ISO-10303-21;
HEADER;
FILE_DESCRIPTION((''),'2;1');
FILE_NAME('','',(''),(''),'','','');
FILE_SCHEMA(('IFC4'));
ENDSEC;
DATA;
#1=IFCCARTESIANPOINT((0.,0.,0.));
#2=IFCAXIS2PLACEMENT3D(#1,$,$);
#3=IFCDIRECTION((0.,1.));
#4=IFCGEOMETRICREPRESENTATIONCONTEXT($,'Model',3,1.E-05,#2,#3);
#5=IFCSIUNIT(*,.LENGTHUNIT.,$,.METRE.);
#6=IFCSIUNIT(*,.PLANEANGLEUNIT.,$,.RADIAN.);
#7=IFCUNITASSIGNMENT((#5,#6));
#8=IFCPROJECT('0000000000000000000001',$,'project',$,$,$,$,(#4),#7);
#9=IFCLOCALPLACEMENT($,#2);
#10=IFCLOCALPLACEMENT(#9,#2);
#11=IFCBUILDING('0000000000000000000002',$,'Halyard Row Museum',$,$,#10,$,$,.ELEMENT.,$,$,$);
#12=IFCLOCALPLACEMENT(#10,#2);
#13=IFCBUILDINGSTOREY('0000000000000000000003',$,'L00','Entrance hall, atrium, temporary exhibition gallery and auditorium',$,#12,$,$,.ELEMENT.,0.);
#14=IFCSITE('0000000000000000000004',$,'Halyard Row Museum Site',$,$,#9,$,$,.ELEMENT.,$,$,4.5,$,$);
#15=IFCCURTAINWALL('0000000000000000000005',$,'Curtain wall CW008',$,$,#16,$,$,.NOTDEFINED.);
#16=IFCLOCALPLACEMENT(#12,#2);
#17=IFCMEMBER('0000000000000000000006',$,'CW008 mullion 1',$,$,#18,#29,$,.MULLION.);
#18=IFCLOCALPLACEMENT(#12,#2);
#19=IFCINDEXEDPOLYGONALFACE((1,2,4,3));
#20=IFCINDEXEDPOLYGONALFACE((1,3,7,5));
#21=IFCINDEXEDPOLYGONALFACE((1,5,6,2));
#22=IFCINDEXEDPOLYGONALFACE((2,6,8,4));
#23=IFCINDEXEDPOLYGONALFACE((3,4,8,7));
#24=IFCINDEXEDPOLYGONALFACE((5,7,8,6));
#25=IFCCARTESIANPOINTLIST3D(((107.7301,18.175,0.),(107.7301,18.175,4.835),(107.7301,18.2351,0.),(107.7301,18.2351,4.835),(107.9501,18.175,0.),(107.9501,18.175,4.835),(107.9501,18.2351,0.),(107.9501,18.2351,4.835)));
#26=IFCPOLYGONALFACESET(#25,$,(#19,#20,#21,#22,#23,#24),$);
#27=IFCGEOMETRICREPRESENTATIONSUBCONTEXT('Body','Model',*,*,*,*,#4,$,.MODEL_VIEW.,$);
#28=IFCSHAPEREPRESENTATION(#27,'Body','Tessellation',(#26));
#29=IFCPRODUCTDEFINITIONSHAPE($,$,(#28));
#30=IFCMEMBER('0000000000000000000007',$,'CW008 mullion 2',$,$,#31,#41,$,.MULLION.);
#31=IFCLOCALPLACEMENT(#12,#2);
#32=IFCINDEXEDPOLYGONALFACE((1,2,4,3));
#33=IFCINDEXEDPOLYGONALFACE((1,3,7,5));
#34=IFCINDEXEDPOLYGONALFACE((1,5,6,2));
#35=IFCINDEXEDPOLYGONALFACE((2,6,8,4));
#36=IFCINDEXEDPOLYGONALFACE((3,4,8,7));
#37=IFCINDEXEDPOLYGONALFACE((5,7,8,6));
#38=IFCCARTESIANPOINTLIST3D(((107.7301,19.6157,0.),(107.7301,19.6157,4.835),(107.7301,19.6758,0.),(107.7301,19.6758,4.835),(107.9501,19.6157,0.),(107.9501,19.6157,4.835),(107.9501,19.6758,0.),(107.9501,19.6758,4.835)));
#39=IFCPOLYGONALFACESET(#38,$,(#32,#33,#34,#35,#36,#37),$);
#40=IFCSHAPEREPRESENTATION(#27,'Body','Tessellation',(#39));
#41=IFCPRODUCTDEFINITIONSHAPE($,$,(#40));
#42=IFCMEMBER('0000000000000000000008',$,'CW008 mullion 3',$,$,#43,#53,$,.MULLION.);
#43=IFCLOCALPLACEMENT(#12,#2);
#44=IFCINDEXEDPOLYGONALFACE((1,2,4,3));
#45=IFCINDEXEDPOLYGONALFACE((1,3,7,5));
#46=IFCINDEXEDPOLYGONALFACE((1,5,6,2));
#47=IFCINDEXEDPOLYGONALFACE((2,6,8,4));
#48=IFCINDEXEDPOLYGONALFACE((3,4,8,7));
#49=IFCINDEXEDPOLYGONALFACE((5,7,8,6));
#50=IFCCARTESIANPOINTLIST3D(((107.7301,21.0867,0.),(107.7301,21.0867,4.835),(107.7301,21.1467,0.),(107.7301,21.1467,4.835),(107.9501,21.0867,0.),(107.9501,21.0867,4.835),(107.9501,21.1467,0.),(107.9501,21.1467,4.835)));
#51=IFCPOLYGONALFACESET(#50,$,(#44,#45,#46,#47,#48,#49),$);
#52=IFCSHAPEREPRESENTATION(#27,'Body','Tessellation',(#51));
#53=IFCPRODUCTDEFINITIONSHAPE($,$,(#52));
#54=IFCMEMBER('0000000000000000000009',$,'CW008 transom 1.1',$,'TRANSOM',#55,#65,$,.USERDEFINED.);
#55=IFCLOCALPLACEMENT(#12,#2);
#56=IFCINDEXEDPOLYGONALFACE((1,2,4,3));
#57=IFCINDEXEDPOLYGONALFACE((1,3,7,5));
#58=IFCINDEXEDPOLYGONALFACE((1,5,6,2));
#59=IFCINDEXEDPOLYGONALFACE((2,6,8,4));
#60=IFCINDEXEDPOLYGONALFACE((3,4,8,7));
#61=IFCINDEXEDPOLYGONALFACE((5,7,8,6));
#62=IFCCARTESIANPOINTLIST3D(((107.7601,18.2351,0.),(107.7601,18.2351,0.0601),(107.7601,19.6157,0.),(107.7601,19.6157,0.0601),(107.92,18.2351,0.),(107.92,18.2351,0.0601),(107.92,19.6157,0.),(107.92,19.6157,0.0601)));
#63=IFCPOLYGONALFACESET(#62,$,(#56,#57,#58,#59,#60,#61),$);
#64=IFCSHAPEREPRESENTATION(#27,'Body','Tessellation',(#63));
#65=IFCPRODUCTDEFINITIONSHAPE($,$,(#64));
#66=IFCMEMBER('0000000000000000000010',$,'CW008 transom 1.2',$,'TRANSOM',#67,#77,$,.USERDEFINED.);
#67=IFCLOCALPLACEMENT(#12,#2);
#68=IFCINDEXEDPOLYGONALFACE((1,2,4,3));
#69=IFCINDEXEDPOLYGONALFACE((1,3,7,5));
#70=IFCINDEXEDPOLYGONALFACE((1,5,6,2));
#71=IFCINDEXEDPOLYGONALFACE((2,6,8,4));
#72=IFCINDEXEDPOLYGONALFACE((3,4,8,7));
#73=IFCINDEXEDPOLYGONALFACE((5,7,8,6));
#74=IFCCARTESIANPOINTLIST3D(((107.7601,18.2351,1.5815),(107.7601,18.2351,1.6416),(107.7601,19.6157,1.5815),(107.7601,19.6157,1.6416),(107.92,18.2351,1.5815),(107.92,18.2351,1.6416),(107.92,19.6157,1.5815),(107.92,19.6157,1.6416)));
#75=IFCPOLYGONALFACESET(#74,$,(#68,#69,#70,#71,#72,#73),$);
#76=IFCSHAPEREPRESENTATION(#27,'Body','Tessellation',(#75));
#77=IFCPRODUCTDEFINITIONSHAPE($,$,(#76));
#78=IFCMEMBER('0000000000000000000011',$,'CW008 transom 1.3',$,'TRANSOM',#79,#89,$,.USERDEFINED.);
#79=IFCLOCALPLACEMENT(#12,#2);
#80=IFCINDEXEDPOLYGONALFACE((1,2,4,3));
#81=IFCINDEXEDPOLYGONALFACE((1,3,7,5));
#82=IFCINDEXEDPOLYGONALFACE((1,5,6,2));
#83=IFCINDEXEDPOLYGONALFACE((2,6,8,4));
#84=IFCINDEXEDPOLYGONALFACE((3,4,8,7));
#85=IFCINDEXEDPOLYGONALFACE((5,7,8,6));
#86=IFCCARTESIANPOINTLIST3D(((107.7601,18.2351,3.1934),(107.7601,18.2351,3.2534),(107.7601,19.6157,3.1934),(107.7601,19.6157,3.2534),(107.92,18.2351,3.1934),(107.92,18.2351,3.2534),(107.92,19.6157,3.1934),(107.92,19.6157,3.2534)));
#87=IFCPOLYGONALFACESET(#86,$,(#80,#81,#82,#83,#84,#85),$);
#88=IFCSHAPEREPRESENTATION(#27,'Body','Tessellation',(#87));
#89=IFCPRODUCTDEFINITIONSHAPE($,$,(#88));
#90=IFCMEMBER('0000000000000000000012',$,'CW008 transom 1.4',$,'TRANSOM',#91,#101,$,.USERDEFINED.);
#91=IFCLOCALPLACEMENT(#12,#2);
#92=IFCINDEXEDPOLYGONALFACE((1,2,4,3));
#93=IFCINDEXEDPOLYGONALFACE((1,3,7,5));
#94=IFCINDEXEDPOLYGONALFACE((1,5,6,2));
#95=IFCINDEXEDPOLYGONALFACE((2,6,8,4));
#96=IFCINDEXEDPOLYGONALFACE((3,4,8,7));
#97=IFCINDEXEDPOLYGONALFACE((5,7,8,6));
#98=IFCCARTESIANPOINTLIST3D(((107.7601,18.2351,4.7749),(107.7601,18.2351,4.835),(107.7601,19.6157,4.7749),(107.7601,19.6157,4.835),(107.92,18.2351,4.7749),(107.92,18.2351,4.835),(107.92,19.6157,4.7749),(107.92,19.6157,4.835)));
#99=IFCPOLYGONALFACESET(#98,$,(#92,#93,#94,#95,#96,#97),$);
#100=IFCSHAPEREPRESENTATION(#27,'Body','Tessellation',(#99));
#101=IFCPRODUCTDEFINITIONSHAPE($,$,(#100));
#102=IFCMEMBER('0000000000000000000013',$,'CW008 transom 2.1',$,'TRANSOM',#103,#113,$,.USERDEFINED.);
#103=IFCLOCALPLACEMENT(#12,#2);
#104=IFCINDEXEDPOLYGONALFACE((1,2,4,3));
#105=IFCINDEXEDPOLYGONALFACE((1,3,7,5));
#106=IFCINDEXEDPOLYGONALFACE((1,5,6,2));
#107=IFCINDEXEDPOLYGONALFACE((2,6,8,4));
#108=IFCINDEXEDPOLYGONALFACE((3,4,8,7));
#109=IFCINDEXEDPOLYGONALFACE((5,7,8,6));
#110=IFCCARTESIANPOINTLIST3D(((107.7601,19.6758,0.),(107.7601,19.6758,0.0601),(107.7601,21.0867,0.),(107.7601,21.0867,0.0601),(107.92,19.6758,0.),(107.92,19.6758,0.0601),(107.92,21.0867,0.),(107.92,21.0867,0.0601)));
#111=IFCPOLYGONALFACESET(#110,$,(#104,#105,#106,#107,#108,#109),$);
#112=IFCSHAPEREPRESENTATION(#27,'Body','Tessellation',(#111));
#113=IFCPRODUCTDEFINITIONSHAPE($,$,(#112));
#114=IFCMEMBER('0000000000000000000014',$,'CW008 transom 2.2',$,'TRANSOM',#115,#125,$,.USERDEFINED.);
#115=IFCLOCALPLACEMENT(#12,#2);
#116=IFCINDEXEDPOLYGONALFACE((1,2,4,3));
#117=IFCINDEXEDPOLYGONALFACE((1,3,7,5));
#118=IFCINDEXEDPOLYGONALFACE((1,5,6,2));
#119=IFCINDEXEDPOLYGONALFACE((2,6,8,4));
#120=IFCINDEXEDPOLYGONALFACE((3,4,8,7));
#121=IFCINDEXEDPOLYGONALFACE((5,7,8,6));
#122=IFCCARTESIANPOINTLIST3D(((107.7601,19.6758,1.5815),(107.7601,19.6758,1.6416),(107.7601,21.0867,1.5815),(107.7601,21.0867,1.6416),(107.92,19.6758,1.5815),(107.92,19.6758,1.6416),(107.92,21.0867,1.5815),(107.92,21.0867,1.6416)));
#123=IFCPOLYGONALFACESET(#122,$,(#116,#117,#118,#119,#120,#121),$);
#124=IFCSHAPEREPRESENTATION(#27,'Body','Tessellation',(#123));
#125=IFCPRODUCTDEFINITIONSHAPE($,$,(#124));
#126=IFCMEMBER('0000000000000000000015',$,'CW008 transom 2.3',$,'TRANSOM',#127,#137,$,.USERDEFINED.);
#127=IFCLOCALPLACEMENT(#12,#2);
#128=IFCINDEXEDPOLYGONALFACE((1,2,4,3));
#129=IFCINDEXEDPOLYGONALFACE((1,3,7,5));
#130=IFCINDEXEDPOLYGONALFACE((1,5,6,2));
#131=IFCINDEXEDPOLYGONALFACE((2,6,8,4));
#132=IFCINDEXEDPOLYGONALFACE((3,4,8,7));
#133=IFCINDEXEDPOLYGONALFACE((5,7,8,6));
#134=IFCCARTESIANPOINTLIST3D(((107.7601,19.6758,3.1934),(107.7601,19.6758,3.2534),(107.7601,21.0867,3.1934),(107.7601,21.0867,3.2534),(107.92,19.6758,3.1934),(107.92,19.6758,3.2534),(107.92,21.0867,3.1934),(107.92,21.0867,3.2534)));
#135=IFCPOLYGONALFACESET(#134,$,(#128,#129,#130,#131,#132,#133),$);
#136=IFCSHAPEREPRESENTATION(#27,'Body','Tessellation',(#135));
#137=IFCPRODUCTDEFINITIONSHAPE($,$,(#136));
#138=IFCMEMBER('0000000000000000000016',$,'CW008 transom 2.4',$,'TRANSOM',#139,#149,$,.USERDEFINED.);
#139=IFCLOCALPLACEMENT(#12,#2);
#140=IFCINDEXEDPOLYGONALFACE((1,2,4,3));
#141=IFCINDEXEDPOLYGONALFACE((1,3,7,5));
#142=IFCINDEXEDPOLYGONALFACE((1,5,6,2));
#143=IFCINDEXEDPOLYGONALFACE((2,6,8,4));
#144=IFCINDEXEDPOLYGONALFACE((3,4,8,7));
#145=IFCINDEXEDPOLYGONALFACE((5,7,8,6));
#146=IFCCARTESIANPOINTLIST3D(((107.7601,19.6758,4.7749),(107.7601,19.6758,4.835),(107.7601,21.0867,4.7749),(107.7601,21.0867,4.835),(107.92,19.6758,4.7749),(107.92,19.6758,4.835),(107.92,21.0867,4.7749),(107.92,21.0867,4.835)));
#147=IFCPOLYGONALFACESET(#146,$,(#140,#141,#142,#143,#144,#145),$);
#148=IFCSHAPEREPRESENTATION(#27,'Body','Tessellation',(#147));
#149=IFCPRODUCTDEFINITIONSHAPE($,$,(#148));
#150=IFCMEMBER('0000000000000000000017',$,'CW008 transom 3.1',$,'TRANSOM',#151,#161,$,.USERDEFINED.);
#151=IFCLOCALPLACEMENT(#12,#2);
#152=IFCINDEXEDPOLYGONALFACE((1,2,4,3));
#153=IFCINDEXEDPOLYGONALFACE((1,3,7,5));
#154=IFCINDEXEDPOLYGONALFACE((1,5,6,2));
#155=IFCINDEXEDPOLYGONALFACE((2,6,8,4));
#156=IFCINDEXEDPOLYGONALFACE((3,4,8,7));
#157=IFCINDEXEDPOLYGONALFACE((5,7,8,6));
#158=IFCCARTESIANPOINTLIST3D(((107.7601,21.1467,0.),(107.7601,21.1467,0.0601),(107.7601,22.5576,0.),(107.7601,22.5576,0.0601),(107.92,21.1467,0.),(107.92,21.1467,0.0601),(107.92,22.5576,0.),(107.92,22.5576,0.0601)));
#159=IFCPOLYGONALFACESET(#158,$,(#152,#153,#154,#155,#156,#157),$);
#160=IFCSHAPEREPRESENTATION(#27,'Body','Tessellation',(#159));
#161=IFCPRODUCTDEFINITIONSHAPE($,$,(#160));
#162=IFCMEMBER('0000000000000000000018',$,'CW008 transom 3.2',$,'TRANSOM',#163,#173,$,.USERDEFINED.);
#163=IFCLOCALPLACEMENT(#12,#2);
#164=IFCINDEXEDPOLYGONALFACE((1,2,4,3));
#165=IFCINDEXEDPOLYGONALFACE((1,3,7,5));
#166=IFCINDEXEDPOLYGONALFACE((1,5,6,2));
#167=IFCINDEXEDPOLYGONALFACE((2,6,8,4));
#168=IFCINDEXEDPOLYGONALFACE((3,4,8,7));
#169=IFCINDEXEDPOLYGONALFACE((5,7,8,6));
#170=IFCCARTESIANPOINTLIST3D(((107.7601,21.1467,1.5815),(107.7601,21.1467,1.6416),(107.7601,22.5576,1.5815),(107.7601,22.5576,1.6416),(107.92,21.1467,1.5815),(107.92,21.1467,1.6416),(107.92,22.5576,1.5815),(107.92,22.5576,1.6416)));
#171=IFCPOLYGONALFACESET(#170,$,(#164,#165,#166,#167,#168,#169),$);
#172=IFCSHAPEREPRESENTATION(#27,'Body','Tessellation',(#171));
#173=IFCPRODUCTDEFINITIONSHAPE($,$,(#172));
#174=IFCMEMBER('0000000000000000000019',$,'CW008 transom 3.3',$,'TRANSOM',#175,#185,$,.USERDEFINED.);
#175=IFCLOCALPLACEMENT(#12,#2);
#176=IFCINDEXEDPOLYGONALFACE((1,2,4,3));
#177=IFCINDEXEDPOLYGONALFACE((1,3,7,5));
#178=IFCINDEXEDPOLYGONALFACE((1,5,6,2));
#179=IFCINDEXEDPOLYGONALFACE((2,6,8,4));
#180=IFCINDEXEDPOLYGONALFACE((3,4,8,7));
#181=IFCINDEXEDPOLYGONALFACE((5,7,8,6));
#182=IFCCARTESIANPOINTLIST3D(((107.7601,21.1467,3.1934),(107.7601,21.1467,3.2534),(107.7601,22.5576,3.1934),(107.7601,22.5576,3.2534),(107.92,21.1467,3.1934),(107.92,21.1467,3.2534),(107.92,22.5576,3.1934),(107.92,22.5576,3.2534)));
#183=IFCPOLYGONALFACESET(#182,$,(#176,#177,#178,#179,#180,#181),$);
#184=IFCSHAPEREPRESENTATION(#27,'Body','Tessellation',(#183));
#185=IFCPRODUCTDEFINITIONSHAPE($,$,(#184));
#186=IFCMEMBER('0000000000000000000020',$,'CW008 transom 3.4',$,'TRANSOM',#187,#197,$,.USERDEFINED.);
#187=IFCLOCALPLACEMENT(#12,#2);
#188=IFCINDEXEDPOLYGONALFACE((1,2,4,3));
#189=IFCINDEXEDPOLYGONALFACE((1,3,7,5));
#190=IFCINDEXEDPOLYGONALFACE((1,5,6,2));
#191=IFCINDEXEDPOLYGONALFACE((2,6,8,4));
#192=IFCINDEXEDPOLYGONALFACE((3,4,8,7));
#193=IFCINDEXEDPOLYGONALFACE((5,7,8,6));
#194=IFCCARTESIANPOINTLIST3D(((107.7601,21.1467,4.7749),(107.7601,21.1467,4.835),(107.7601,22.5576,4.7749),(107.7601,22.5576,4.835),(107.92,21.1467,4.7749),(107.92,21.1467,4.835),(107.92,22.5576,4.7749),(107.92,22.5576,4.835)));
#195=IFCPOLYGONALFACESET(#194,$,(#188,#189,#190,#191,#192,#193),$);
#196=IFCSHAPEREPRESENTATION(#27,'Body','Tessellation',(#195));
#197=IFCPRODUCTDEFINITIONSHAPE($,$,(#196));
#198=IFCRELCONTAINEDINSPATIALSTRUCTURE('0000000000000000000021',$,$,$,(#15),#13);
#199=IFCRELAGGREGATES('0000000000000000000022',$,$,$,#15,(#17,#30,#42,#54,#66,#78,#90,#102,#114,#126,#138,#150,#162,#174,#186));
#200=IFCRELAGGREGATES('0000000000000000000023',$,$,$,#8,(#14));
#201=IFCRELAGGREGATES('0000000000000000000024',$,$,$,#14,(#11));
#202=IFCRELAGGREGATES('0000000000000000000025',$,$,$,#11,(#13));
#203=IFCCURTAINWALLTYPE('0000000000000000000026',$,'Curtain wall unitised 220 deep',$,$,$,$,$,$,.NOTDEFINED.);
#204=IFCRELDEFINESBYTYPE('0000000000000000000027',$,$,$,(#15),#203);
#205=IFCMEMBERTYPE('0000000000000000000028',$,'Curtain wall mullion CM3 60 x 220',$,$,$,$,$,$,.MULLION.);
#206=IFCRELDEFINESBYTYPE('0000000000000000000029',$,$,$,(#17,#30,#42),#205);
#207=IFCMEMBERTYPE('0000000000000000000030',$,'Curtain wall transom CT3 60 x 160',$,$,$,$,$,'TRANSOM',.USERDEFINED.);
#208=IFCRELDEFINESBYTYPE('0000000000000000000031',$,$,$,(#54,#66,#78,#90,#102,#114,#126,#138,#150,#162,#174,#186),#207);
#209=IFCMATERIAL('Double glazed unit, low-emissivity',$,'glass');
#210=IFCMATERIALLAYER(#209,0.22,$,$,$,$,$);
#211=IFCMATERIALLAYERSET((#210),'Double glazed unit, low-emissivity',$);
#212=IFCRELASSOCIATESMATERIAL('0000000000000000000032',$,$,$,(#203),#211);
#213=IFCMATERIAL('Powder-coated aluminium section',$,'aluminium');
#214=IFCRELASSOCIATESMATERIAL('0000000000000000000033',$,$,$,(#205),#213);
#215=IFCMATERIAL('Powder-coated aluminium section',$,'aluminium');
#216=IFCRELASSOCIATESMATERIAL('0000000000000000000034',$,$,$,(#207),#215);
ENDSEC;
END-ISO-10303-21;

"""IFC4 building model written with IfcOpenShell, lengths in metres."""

from ifc_helpers import new_model, si_unit, direction, frame, origin, origin_2d, place, context, subcontext, project, spatial, rectangle, extrude, material, layer, layer_set, material_profile, profile_set, type_object, element, aggregate, save


model = new_model("IFC4")

# Units and contexts
model_context = context("Model", 3, precision=1e-05, world=origin(), true_north=direction((0.0, 1.0)))
body_context = subcontext(model_context, "Body", "Model", "MODEL_VIEW")
ifc_project = project(units=[si_unit("LENGTHUNIT", "METRE"), si_unit("PLANEANGLEUNIT", "RADIAN")], contexts=[model_context])

# Site, building, storey
site_placement = place(None, origin())
site = spatial("IfcSite", under=ifc_project, at=site_placement, Name="Halyard Row Museum Site", CompositionType="ELEMENT", RefElevation=4.5)
building_placement = place(site_placement, origin())
building = spatial("IfcBuilding", under=site, at=building_placement, Name="Halyard Row Museum", CompositionType="ELEMENT")
storey_placement = place(building_placement, origin())
storey = spatial("IfcBuildingStorey", under=building, at=storey_placement, Name="L00", Description="Entrance hall, atrium, temporary exhibition gallery and auditorium", CompositionType="ELEMENT", Elevation=0.0)

# Curtain wall, members
ifc_material_1 = material(Name="Double glazed unit, low-emissivity", Category="glass")
ifc_layer_1 = layer(ifc_material_1, 0.22)
ifc_layer_set_1 = layer_set([ifc_layer_1], Name="Double glazed unit, low-emissivity")
curtain_wall_type = type_object("IfcCurtainWallType", Name="Curtain wall unitised 220 deep", PredefinedType="NOTDEFINED", material=ifc_layer_set_1)
curtain_wall_placement = place(storey_placement, origin())
curtain_wall = element("IfcCurtainWall", 1, at=curtain_wall_placement, inside=storey, type_object=curtain_wall_type, Name="Curtain wall CW008", PredefinedType="NOTDEFINED")
ifc_material_2 = material(Name="Powder-coated aluminium section", Category="aluminium")
ifc_material_profile_1 = material_profile(ifc_material_2, rectangle(XDim=0.22, YDim=0.0601, at=origin_2d()), Name="220x60 mullion")
ifc_profile_set_1 = profile_set([ifc_material_profile_1], Name="Powder-coated aluminium section")
member_type_1 = type_object("IfcMemberType", Name="Curtain wall mullion CM3 60 x 220", PredefinedType="MULLION", material=ifc_profile_set_1)
member_1_placement = place(storey_placement, frame((107.8401, 18.2051, 0.0), z_axis=(0.0, 0.0, 1.0), x_axis=(-1.0, 0.0, 0.0)))
member_1 = element("IfcMember", 2, at=member_1_placement, type_object=member_type_1, Name="CW008 mullion 1", PredefinedType="MULLION", context=body_context, shape_type="SweptSolid", body=[
    extrude(rectangle(XDim=0.22, YDim=0.0601, at=origin_2d()), origin(), (0.0, 0.0, 1.0), 4.835),
])
member_2_placement = place(storey_placement, frame((107.8401, 19.6458, 0.0), z_axis=(0.0, 0.0, 1.0), x_axis=(-1.0, 0.0, 0.0)))
member_2 = element("IfcMember", 3, at=member_2_placement, type_object=member_type_1, Name="CW008 mullion 2", PredefinedType="MULLION", context=body_context, shape_type="SweptSolid", body=[
    extrude(rectangle(XDim=0.22, YDim=0.0601, at=origin_2d()), origin(), (0.0, 0.0, 1.0), 4.835),
])
member_3_placement = place(storey_placement, frame((107.8401, 21.1167, 0.0), z_axis=(0.0, 0.0, 1.0), x_axis=(-1.0, 0.0, 0.0)))
member_3 = element("IfcMember", 4, at=member_3_placement, type_object=member_type_1, Name="CW008 mullion 3", PredefinedType="MULLION", context=body_context, shape_type="SweptSolid", body=[
    extrude(rectangle(XDim=0.22, YDim=0.0601, at=origin_2d()), origin(), (0.0, 0.0, 1.0), 4.835),
])
ifc_material_3 = material(Name="Powder-coated aluminium section", Category="aluminium")
ifc_material_profile_2 = material_profile(ifc_material_3, rectangle(XDim=0.1599, YDim=0.0601, at=origin_2d()), Name="160x60 transom")
ifc_profile_set_2 = profile_set([ifc_material_profile_2], Name="Powder-coated aluminium section")
member_type_2 = type_object("IfcMemberType", Name="Curtain wall transom CT3 60 x 160", ElementType="TRANSOM", PredefinedType="USERDEFINED", material=ifc_profile_set_2)
member_4_placement = place(storey_placement, frame((107.8401, 18.2351, 0.03), z_axis=(0.0, 1.0, 0.0), x_axis=(-1.0, 0.0, 0.0)))
member_4 = element("IfcMember", 5, at=member_4_placement, type_object=member_type_2, Name="CW008 transom 1.1", ObjectType="TRANSOM", PredefinedType="USERDEFINED", context=body_context, shape_type="SweptSolid", body=[
    extrude(rectangle(XDim=0.1599, YDim=0.0601, at=origin_2d()), origin(), (0.0, 0.0, 1.0), 1.3806),
])
member_5_placement = place(storey_placement, frame((107.8401, 18.2351, 1.6116), z_axis=(0.0, 1.0, 0.0), x_axis=(-1.0, 0.0, 0.0)))
member_5 = element("IfcMember", 6, at=member_5_placement, type_object=member_type_2, Name="CW008 transom 1.2", ObjectType="TRANSOM", PredefinedType="USERDEFINED", context=body_context, shape_type="SweptSolid", body=[
    extrude(rectangle(XDim=0.1599, YDim=0.0601, at=origin_2d()), origin(), (0.0, 0.0, 1.0), 1.3806),
])
member_6_placement = place(storey_placement, frame((107.8401, 18.2351, 3.2234), z_axis=(0.0, 1.0, 0.0), x_axis=(-1.0, 0.0, 0.0)))
member_6 = element("IfcMember", 7, at=member_6_placement, type_object=member_type_2, Name="CW008 transom 1.3", ObjectType="TRANSOM", PredefinedType="USERDEFINED", context=body_context, shape_type="SweptSolid", body=[
    extrude(rectangle(XDim=0.1599, YDim=0.0601, at=origin_2d()), origin(), (0.0, 0.0, 1.0), 1.3806),
])
member_7_placement = place(storey_placement, frame((107.8401, 18.2351, 4.8049), z_axis=(0.0, 1.0, 0.0), x_axis=(-1.0, 0.0, 0.0)))
member_7 = element("IfcMember", 8, at=member_7_placement, type_object=member_type_2, Name="CW008 transom 1.4", ObjectType="TRANSOM", PredefinedType="USERDEFINED", context=body_context, shape_type="SweptSolid", body=[
    extrude(rectangle(XDim=0.1599, YDim=0.0601, at=origin_2d()), origin(), (0.0, 0.0, 1.0), 1.3806),
])
member_8_placement = place(storey_placement, frame((107.8401, 19.6758, 0.03), z_axis=(0.0, 1.0, 0.0), x_axis=(-1.0, 0.0, 0.0)))
member_8 = element("IfcMember", 9, at=member_8_placement, type_object=member_type_2, Name="CW008 transom 2.1", ObjectType="TRANSOM", PredefinedType="USERDEFINED", context=body_context, shape_type="SweptSolid", body=[
    extrude(rectangle(XDim=0.1599, YDim=0.0601, at=origin_2d()), origin(), (0.0, 0.0, 1.0), 1.4109),
])
member_9_placement = place(storey_placement, frame((107.8401, 19.6758, 1.6116), z_axis=(0.0, 1.0, 0.0), x_axis=(-1.0, 0.0, 0.0)))
member_9 = element("IfcMember", 10, at=member_9_placement, type_object=member_type_2, Name="CW008 transom 2.2", ObjectType="TRANSOM", PredefinedType="USERDEFINED", context=body_context, shape_type="SweptSolid", body=[
    extrude(rectangle(XDim=0.1599, YDim=0.0601, at=origin_2d()), origin(), (0.0, 0.0, 1.0), 1.4109),
])
member_10_placement = place(storey_placement, frame((107.8401, 19.6758, 3.2234), z_axis=(0.0, 1.0, 0.0), x_axis=(-1.0, 0.0, 0.0)))
member_10 = element("IfcMember", 11, at=member_10_placement, type_object=member_type_2, Name="CW008 transom 2.3", ObjectType="TRANSOM", PredefinedType="USERDEFINED", context=body_context, shape_type="SweptSolid", body=[
    extrude(rectangle(XDim=0.1599, YDim=0.0601, at=origin_2d()), origin(), (0.0, 0.0, 1.0), 1.4109),
])
member_11_placement = place(storey_placement, frame((107.8401, 19.6758, 4.8049), z_axis=(0.0, 1.0, 0.0), x_axis=(-1.0, 0.0, 0.0)))
member_11 = element("IfcMember", 12, at=member_11_placement, type_object=member_type_2, Name="CW008 transom 2.4", ObjectType="TRANSOM", PredefinedType="USERDEFINED", context=body_context, shape_type="SweptSolid", body=[
    extrude(rectangle(XDim=0.1599, YDim=0.0601, at=origin_2d()), origin(), (0.0, 0.0, 1.0), 1.4109),
])
member_12_placement = place(storey_placement, frame((107.8401, 21.1467, 0.03), z_axis=(0.0, 1.0, 0.0), x_axis=(-1.0, 0.0, 0.0)))
member_12 = element("IfcMember", 13, at=member_12_placement, type_object=member_type_2, Name="CW008 transom 3.1", ObjectType="TRANSOM", PredefinedType="USERDEFINED", context=body_context, shape_type="SweptSolid", body=[
    extrude(rectangle(XDim=0.1599, YDim=0.0601, at=origin_2d()), origin(), (0.0, 0.0, 1.0), 1.4109),
])
member_13_placement = place(storey_placement, frame((107.8401, 21.1467, 1.6116), z_axis=(0.0, 1.0, 0.0), x_axis=(-1.0, 0.0, 0.0)))
member_13 = element("IfcMember", 14, at=member_13_placement, type_object=member_type_2, Name="CW008 transom 3.2", ObjectType="TRANSOM", PredefinedType="USERDEFINED", context=body_context, shape_type="SweptSolid", body=[
    extrude(rectangle(XDim=0.1599, YDim=0.0601, at=origin_2d()), origin(), (0.0, 0.0, 1.0), 1.4109),
])
member_14_placement = place(storey_placement, frame((107.8401, 21.1467, 3.2234), z_axis=(0.0, 1.0, 0.0), x_axis=(-1.0, 0.0, 0.0)))
member_14 = element("IfcMember", 15, at=member_14_placement, type_object=member_type_2, Name="CW008 transom 3.3", ObjectType="TRANSOM", PredefinedType="USERDEFINED", context=body_context, shape_type="SweptSolid", body=[
    extrude(rectangle(XDim=0.1599, YDim=0.0601, at=origin_2d()), origin(), (0.0, 0.0, 1.0), 1.4109),
])
member_15_placement = place(storey_placement, frame((107.8401, 21.1467, 4.8049), z_axis=(0.0, 1.0, 0.0), x_axis=(-1.0, 0.0, 0.0)))
member_15 = element("IfcMember", 16, at=member_15_placement, type_object=member_type_2, Name="CW008 transom 3.4", ObjectType="TRANSOM", PredefinedType="USERDEFINED", context=body_context, shape_type="SweptSolid", body=[
    extrude(rectangle(XDim=0.1599, YDim=0.0601, at=origin_2d()), origin(), (0.0, 0.0, 1.0), 1.4109),
])

aggregate(curtain_wall, [member_1, member_2, member_3, member_4, member_5, member_6, member_7, member_8, member_9, member_10, member_11, member_12, member_13, member_14, member_15])

save(model, "model.ifc")
